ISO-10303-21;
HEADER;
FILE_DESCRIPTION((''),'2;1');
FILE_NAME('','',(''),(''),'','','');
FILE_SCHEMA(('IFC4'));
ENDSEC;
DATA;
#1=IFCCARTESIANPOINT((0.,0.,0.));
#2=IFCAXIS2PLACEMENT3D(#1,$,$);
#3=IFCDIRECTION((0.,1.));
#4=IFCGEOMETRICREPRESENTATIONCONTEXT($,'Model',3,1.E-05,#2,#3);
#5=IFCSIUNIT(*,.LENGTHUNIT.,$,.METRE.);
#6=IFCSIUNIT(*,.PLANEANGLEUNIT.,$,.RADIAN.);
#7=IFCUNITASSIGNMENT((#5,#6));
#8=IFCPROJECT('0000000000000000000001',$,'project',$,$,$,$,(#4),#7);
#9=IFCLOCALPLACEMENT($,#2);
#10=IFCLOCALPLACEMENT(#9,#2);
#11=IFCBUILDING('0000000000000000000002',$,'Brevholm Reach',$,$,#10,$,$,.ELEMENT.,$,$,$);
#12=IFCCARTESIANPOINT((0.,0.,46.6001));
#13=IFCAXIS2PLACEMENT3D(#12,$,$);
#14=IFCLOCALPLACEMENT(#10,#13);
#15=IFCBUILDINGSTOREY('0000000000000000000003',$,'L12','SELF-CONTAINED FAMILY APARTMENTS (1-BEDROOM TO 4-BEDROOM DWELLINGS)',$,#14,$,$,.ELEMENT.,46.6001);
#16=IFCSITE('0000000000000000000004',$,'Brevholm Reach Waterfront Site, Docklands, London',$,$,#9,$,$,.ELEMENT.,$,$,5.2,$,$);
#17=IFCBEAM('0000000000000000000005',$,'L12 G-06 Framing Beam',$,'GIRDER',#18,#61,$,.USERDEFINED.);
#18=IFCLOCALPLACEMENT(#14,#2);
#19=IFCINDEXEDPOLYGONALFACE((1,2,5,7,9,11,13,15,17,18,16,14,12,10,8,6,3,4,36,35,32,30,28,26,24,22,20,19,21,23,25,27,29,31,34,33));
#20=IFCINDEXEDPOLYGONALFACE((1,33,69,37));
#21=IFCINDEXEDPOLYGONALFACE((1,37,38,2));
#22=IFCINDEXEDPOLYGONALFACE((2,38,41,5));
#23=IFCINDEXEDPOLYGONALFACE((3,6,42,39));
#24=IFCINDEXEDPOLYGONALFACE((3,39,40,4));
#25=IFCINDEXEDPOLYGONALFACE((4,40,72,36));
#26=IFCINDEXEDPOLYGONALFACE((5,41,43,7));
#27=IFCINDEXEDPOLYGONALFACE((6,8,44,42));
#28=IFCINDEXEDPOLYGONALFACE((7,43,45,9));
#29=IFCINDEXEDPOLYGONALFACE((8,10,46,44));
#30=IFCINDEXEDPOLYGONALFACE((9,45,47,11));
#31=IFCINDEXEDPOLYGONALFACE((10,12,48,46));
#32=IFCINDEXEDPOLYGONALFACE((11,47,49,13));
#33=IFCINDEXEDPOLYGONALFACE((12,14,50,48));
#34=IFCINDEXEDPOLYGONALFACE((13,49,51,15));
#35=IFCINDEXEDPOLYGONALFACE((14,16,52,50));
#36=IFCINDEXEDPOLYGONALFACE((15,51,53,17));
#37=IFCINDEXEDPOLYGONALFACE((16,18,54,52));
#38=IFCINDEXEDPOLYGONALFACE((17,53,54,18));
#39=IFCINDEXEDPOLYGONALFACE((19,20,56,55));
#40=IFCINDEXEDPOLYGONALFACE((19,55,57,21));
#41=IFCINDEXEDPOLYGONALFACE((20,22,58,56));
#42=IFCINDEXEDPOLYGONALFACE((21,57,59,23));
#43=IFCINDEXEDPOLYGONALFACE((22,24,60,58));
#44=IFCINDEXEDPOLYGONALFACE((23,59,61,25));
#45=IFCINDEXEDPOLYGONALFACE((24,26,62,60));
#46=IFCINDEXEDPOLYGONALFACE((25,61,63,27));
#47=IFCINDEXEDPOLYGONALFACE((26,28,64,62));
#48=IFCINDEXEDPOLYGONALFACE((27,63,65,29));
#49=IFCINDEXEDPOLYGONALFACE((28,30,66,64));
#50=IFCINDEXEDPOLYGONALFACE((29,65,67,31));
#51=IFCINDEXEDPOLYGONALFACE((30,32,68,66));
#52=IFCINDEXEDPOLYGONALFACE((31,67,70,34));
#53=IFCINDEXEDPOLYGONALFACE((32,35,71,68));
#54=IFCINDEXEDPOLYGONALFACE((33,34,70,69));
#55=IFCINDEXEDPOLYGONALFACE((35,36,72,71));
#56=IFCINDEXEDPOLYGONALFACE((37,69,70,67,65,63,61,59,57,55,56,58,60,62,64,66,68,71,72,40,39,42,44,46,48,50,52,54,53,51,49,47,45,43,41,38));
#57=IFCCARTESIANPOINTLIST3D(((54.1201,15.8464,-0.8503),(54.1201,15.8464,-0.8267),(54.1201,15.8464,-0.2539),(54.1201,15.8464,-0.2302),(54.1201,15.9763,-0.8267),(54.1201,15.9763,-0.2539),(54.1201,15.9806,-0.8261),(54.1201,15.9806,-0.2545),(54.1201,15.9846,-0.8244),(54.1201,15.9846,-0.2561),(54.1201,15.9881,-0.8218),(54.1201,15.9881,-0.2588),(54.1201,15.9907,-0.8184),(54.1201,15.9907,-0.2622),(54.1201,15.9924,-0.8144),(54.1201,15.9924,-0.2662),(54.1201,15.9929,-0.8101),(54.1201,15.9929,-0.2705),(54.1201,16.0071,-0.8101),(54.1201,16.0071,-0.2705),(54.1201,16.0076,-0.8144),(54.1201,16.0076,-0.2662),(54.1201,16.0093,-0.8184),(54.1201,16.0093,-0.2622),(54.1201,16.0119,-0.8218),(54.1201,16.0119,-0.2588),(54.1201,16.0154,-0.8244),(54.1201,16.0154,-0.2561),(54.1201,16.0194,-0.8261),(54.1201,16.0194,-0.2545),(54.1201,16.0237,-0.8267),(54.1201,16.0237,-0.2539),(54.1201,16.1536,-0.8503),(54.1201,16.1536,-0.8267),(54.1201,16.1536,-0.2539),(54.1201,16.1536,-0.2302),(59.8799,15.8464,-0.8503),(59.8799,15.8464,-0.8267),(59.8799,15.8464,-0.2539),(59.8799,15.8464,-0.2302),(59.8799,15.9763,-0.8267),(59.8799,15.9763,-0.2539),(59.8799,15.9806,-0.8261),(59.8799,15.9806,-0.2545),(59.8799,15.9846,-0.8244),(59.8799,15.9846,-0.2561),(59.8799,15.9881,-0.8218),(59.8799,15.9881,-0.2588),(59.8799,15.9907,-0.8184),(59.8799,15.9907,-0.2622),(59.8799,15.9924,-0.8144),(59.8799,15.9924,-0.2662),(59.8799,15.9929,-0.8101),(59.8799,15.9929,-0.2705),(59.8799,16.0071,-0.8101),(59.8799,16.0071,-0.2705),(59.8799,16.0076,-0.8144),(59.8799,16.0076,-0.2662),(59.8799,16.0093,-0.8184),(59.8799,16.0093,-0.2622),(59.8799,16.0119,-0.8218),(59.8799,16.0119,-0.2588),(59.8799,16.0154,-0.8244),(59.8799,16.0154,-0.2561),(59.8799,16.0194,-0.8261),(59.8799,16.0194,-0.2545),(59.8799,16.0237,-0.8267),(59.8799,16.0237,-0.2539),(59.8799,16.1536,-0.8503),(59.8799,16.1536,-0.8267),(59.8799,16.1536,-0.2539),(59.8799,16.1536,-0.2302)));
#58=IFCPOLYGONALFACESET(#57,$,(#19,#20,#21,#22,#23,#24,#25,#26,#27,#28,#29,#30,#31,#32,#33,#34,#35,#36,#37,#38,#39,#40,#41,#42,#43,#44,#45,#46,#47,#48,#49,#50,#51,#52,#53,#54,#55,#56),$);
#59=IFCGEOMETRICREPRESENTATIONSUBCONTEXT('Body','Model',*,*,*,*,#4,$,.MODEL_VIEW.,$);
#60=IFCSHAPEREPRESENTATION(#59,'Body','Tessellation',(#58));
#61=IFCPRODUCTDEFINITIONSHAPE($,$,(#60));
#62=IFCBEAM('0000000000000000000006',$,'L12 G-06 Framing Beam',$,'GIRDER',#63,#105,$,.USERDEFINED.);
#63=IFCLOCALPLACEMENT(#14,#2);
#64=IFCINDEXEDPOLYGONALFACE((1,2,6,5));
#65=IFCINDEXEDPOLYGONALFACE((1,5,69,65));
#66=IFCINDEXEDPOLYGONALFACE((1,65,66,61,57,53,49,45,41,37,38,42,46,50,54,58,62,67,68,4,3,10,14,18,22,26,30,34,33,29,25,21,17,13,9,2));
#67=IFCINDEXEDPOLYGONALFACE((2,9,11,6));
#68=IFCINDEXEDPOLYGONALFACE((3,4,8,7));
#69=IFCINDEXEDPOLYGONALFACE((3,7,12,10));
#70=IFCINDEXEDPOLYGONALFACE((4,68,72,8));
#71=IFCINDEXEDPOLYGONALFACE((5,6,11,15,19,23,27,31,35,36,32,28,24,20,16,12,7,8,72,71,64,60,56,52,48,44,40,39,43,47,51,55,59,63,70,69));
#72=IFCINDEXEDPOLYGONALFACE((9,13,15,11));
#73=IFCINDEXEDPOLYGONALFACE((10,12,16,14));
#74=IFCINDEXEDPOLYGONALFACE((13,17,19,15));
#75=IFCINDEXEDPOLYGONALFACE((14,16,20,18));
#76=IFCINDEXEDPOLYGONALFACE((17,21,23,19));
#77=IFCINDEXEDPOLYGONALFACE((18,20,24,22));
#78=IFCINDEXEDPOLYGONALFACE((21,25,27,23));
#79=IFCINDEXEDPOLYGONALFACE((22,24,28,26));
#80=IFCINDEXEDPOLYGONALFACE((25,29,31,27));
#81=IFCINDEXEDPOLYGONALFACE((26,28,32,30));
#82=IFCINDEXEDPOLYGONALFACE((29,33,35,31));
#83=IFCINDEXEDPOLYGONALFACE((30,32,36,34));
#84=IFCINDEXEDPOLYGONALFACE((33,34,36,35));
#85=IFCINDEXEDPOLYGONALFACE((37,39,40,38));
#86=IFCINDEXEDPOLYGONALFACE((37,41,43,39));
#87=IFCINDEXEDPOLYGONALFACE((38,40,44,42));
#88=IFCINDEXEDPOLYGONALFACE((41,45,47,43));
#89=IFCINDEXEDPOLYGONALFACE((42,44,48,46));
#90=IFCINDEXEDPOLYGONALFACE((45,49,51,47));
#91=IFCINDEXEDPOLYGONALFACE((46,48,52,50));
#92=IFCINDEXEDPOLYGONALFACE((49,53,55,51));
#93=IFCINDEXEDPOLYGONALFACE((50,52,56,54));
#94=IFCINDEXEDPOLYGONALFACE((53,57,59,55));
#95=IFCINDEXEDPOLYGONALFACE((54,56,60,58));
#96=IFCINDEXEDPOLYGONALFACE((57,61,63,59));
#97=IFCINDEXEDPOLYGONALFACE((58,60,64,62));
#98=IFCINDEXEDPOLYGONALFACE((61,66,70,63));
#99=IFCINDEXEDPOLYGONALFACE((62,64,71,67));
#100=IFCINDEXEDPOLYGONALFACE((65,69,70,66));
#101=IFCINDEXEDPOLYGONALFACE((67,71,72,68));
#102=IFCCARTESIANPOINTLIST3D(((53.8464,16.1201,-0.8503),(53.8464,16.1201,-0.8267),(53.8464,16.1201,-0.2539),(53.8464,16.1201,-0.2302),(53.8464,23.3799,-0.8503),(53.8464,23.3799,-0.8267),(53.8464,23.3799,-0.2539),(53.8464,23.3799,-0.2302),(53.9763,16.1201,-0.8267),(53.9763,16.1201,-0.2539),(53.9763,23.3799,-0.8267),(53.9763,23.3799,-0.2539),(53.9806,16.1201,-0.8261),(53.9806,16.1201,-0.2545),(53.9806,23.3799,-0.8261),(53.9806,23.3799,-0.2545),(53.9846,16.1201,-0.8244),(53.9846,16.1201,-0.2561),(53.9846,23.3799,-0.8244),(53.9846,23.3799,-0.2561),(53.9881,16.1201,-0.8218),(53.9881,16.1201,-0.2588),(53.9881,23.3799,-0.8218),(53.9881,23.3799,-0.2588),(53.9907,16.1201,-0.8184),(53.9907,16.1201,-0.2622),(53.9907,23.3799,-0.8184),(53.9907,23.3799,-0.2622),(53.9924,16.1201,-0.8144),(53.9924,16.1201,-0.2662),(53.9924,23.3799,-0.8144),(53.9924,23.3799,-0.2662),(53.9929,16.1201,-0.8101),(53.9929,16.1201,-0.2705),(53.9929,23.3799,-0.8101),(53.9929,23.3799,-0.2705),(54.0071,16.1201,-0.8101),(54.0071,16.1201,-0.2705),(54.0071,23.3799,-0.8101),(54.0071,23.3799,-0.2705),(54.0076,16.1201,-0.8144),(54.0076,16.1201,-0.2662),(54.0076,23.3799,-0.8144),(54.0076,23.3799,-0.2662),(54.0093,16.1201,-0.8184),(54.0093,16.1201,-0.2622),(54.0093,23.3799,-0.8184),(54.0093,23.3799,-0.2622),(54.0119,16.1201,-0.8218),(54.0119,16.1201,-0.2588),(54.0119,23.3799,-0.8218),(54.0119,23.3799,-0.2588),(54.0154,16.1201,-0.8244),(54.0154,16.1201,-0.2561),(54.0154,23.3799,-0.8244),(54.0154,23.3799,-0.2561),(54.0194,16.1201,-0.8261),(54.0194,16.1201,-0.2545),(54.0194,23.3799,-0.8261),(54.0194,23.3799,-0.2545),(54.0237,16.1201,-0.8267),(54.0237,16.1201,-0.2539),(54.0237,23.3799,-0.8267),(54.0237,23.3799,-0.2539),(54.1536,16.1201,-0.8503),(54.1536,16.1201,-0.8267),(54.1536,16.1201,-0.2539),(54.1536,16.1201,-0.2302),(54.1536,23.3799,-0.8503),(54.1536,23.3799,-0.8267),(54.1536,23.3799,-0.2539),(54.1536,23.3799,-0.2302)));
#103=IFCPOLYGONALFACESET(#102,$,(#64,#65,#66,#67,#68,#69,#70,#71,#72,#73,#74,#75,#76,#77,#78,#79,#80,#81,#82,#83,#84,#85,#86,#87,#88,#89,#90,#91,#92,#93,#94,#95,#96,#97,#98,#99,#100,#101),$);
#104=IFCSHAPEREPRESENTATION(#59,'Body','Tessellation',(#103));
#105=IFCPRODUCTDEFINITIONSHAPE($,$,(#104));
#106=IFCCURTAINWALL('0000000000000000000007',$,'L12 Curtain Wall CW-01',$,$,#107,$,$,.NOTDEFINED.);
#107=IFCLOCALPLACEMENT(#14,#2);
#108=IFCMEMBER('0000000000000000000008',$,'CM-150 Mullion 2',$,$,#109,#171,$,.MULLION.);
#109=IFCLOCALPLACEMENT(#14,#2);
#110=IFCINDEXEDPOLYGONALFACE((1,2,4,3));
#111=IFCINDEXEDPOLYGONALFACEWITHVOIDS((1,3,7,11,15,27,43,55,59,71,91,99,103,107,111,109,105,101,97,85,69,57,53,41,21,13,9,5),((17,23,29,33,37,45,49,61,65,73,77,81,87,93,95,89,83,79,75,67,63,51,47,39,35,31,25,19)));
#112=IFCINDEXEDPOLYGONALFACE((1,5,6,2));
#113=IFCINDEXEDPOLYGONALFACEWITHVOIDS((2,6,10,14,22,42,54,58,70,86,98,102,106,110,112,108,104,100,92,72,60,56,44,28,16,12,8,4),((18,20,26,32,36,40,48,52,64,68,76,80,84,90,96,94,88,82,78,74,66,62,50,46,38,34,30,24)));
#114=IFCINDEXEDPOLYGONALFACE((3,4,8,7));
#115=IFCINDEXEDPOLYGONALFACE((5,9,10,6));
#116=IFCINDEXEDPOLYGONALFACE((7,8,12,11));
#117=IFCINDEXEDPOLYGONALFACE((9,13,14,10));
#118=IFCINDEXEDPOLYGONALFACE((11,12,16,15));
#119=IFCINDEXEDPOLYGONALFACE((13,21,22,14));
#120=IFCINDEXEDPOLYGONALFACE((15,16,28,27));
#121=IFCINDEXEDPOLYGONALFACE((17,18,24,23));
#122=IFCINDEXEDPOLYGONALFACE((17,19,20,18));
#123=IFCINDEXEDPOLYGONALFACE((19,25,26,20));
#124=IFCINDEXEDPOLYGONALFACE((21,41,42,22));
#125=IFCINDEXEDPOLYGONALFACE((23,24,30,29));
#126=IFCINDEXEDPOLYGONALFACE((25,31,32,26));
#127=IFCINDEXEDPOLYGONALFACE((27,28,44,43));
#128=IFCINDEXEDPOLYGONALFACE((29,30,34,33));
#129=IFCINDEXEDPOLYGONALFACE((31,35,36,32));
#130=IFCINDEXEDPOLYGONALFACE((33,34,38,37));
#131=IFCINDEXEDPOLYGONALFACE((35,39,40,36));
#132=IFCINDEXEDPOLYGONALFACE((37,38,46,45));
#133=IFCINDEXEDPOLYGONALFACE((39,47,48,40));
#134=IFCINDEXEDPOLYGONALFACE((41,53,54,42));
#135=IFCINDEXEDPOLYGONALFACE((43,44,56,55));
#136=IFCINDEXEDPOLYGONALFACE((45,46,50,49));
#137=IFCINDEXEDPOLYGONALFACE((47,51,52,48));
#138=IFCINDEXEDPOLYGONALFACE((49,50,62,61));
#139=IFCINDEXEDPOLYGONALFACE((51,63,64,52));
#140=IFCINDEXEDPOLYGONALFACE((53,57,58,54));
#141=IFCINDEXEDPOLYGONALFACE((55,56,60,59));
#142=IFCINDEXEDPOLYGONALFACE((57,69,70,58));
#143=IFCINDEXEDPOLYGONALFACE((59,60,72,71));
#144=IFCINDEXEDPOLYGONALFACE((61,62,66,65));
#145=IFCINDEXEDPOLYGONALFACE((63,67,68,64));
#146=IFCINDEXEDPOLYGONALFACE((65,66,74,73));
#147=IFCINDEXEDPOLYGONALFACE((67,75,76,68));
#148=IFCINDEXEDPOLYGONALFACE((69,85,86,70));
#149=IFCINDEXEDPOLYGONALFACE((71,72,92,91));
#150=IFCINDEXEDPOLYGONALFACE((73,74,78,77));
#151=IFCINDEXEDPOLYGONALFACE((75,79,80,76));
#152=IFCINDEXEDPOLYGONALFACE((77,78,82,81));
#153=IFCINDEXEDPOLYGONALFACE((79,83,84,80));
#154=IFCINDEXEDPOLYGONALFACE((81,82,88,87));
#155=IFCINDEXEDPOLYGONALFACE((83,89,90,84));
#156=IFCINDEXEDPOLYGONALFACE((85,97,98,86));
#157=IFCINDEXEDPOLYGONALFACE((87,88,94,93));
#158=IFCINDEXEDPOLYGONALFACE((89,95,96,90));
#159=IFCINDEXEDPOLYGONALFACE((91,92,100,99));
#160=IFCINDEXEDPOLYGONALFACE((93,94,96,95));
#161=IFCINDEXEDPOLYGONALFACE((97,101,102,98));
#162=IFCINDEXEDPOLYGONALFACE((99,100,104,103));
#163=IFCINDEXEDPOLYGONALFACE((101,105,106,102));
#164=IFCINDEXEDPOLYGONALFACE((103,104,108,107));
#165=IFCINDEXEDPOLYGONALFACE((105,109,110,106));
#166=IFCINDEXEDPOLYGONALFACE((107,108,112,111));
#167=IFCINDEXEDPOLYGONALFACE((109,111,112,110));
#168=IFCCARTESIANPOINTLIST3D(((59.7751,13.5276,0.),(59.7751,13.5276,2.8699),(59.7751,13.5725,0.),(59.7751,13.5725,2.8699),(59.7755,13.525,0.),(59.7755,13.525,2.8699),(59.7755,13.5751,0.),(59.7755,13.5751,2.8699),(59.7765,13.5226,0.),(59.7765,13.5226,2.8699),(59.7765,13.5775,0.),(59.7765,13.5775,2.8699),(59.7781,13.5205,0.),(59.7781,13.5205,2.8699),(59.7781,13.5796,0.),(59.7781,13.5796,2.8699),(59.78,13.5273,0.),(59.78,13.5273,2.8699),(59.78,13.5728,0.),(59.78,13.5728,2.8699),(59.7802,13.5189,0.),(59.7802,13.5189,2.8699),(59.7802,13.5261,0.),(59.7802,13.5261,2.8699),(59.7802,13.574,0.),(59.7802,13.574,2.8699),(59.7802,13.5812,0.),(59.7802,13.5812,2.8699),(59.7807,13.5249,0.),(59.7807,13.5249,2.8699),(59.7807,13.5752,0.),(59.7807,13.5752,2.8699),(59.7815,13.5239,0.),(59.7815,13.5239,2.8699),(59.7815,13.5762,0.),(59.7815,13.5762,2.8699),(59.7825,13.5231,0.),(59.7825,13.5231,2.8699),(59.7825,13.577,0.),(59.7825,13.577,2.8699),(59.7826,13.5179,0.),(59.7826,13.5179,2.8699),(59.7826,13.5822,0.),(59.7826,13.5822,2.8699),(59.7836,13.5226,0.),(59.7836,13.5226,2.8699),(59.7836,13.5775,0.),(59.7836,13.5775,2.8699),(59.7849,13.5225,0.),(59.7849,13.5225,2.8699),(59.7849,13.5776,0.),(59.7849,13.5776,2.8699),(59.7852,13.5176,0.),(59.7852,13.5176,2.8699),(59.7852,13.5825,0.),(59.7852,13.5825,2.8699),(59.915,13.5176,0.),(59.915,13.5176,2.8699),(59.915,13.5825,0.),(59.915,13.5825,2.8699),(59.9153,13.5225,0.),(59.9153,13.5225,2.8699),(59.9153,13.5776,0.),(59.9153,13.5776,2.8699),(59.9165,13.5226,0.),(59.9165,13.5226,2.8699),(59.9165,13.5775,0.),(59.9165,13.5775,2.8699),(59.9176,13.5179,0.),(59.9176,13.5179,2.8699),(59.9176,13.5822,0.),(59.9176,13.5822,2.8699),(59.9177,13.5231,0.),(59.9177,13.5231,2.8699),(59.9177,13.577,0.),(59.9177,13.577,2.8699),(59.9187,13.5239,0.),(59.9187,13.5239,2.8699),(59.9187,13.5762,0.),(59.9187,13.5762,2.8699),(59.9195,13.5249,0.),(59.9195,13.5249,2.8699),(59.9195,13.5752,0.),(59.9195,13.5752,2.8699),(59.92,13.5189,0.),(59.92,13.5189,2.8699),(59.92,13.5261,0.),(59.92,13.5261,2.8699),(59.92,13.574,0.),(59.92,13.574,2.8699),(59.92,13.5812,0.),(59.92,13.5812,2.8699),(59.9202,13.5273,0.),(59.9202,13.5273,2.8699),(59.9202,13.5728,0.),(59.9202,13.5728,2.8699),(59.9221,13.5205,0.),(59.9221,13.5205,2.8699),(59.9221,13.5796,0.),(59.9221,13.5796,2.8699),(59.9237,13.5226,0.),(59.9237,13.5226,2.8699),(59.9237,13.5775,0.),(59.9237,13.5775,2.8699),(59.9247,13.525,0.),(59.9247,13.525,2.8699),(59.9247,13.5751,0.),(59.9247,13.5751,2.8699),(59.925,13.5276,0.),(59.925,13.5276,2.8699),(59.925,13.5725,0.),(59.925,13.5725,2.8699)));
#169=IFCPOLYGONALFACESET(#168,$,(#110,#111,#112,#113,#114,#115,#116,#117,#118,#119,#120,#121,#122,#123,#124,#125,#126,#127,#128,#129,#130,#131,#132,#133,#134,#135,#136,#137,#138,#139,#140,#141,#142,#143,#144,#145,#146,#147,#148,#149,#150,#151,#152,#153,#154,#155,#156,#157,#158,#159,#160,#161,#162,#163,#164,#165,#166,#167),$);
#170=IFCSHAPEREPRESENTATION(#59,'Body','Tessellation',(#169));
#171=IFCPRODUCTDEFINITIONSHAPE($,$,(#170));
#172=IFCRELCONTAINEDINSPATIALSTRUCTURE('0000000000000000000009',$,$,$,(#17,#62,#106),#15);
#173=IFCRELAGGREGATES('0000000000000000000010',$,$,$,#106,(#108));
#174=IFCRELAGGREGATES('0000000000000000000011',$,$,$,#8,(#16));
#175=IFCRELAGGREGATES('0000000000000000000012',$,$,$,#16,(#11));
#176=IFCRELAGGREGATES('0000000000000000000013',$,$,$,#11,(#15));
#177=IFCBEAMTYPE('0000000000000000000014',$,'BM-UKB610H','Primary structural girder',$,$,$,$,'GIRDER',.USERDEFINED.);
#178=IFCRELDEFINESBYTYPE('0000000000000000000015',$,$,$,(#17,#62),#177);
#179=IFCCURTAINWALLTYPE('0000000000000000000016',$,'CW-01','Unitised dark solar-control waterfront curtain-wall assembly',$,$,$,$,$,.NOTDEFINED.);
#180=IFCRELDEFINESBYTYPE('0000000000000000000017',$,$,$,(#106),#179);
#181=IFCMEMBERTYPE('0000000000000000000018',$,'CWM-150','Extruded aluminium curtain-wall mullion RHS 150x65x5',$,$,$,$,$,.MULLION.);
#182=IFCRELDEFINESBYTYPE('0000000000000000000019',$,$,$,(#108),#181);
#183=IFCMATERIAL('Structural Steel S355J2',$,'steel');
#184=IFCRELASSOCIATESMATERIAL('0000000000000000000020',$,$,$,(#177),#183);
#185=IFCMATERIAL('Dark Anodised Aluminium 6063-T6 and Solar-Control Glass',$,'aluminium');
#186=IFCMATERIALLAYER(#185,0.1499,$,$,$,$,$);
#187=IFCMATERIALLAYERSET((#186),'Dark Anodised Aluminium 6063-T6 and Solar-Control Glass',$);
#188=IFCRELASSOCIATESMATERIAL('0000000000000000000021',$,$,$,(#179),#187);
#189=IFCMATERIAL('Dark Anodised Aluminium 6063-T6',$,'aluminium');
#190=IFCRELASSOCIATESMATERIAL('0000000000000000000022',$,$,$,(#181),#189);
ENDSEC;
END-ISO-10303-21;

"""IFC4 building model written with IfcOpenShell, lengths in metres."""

from ifc_helpers import new_model, si_unit, direction, frame, origin, origin_2d, place, context, subcontext, project, spatial, hollow_rectangle, i_section, extrude, material, layer, layer_set, material_profile, profile_set, type_object, element, aggregate, save


model = new_model("IFC4")

# Units and contexts
model_context = context("Model", 3, precision=1e-05, world=origin(), true_north=direction((0.0, 1.0)))
body_context = subcontext(model_context, "Body", "Model", "MODEL_VIEW")
ifc_project = project(units=[si_unit("LENGTHUNIT", "METRE"), si_unit("PLANEANGLEUNIT", "RADIAN")], contexts=[model_context])

# Site, building, storey
site_placement = place(None, origin())
site = spatial("IfcSite", under=ifc_project, at=site_placement, Name="Brevholm Reach Waterfront Site, Docklands, London", CompositionType="ELEMENT", RefElevation=5.2)
building_placement = place(site_placement, origin())
building = spatial("IfcBuilding", under=site, at=building_placement, Name="Brevholm Reach", CompositionType="ELEMENT")
storey_placement = place(building_placement, frame((0.0, 0.0, 46.6001)))
storey = spatial("IfcBuildingStorey", under=building, at=storey_placement, Name="L12", Description="SELF-CONTAINED FAMILY APARTMENTS (1-BEDROOM TO 4-BEDROOM DWELLINGS)", CompositionType="ELEMENT", Elevation=46.6001)

# Beams
ifc_material_1 = material(Name="Structural Steel S355J2", Category="steel")
ifc_material_profile_1 = material_profile(ifc_material_1, i_section(OverallWidth=0.3071, OverallDepth=0.6201, WebThickness=0.0142, FlangeThickness=0.0237, FilletRadius=0.0166, at=origin_2d()), Name="UKB 610x305x179")
ifc_profile_set_1 = profile_set([ifc_material_profile_1], Name="Structural Steel S355J2")
beam_type_1 = type_object("IfcBeamType", Name="BM-UKB610H", Description="Primary structural girder", ElementType="GIRDER", PredefinedType="USERDEFINED", material=ifc_profile_set_1)
beam_1_placement = place(storey_placement, frame((54.1201, 16.0, -0.5403), z_axis=(1.0, 0.0, 0.0), x_axis=(0.0, 1.0, 0.0)))
element("IfcBeam", 1, at=beam_1_placement, inside=storey, type_object=beam_type_1, Name="L12 G-06 Framing Beam", ObjectType="GIRDER", PredefinedType="USERDEFINED", context=body_context, shape_type="SweptSolid", body=[
    extrude(i_section(OverallWidth=0.3071, OverallDepth=0.6201, WebThickness=0.0142, FlangeThickness=0.0237, FilletRadius=0.0166, at=origin_2d()), origin(), (0.0, 0.0, 1.0), 5.7598),
])
beam_2_placement = place(storey_placement, frame((54.0, 16.1201, -0.5403), z_axis=(0.0, 1.0, 0.0), x_axis=(-1.0, 0.0, 0.0)))
element("IfcBeam", 2, at=beam_2_placement, inside=storey, type_object=beam_type_1, Name="L12 G-06 Framing Beam", ObjectType="GIRDER", PredefinedType="USERDEFINED", context=body_context, shape_type="SweptSolid", body=[
    extrude(i_section(OverallWidth=0.3071, OverallDepth=0.6201, WebThickness=0.0142, FlangeThickness=0.0237, FilletRadius=0.0166, at=origin_2d()), origin(), (0.0, 0.0, 1.0), 7.2598),
])

# Curtain wall, member
ifc_material_2 = material(Name="Dark Anodised Aluminium 6063-T6 and Solar-Control Glass", Category="aluminium")
ifc_layer_1 = layer(ifc_material_2, 0.1499)
ifc_layer_set_1 = layer_set([ifc_layer_1], Name="Dark Anodised Aluminium 6063-T6 and Solar-Control Glass")
curtain_wall_type = type_object("IfcCurtainWallType", Name="CW-01", Description="Unitised dark solar-control waterfront curtain-wall assembly", PredefinedType="NOTDEFINED", material=ifc_layer_set_1)
curtain_wall_placement = place(storey_placement, origin())
curtain_wall = element("IfcCurtainWall", 3, at=curtain_wall_placement, inside=storey, type_object=curtain_wall_type, Name="L12 Curtain Wall CW-01", PredefinedType="NOTDEFINED")
ifc_material_3 = material(Name="Dark Anodised Aluminium 6063-T6", Category="aluminium")
ifc_material_profile_2 = material_profile(ifc_material_3, hollow_rectangle(XDim=0.0649, YDim=0.1499, WallThickness=0.0049, InnerFilletRadius=0.0049, OuterFilletRadius=0.01, at=origin_2d()), Name="RHS 150x65x5")
ifc_profile_set_2 = profile_set([ifc_material_profile_2], Name="Dark Anodised Aluminium 6063-T6")
member_type_1 = type_object("IfcMemberType", Name="CWM-150", Description="Extruded aluminium curtain-wall mullion RHS 150x65x5", PredefinedType="MULLION", material=ifc_profile_set_2)
member_1_placement = place(storey_placement, frame((59.8501, 13.55, 0.0), z_axis=(0.0, 0.0, 1.0), x_axis=(0.0, 1.0, 0.0)))
member_1 = element("IfcMember", 4, at=member_1_placement, type_object=member_type_1, Name="CM-150 Mullion 2", PredefinedType="MULLION", context=body_context, shape_type="SweptSolid", body=[
    extrude(hollow_rectangle(XDim=0.0649, YDim=0.1499, WallThickness=0.0049, InnerFilletRadius=0.0049, OuterFilletRadius=0.01, at=origin_2d()), origin(), (0.0, 0.0, 1.0), 2.8699),
])
aggregate(curtain_wall, [member_1])

save(model, "model.ifc")
